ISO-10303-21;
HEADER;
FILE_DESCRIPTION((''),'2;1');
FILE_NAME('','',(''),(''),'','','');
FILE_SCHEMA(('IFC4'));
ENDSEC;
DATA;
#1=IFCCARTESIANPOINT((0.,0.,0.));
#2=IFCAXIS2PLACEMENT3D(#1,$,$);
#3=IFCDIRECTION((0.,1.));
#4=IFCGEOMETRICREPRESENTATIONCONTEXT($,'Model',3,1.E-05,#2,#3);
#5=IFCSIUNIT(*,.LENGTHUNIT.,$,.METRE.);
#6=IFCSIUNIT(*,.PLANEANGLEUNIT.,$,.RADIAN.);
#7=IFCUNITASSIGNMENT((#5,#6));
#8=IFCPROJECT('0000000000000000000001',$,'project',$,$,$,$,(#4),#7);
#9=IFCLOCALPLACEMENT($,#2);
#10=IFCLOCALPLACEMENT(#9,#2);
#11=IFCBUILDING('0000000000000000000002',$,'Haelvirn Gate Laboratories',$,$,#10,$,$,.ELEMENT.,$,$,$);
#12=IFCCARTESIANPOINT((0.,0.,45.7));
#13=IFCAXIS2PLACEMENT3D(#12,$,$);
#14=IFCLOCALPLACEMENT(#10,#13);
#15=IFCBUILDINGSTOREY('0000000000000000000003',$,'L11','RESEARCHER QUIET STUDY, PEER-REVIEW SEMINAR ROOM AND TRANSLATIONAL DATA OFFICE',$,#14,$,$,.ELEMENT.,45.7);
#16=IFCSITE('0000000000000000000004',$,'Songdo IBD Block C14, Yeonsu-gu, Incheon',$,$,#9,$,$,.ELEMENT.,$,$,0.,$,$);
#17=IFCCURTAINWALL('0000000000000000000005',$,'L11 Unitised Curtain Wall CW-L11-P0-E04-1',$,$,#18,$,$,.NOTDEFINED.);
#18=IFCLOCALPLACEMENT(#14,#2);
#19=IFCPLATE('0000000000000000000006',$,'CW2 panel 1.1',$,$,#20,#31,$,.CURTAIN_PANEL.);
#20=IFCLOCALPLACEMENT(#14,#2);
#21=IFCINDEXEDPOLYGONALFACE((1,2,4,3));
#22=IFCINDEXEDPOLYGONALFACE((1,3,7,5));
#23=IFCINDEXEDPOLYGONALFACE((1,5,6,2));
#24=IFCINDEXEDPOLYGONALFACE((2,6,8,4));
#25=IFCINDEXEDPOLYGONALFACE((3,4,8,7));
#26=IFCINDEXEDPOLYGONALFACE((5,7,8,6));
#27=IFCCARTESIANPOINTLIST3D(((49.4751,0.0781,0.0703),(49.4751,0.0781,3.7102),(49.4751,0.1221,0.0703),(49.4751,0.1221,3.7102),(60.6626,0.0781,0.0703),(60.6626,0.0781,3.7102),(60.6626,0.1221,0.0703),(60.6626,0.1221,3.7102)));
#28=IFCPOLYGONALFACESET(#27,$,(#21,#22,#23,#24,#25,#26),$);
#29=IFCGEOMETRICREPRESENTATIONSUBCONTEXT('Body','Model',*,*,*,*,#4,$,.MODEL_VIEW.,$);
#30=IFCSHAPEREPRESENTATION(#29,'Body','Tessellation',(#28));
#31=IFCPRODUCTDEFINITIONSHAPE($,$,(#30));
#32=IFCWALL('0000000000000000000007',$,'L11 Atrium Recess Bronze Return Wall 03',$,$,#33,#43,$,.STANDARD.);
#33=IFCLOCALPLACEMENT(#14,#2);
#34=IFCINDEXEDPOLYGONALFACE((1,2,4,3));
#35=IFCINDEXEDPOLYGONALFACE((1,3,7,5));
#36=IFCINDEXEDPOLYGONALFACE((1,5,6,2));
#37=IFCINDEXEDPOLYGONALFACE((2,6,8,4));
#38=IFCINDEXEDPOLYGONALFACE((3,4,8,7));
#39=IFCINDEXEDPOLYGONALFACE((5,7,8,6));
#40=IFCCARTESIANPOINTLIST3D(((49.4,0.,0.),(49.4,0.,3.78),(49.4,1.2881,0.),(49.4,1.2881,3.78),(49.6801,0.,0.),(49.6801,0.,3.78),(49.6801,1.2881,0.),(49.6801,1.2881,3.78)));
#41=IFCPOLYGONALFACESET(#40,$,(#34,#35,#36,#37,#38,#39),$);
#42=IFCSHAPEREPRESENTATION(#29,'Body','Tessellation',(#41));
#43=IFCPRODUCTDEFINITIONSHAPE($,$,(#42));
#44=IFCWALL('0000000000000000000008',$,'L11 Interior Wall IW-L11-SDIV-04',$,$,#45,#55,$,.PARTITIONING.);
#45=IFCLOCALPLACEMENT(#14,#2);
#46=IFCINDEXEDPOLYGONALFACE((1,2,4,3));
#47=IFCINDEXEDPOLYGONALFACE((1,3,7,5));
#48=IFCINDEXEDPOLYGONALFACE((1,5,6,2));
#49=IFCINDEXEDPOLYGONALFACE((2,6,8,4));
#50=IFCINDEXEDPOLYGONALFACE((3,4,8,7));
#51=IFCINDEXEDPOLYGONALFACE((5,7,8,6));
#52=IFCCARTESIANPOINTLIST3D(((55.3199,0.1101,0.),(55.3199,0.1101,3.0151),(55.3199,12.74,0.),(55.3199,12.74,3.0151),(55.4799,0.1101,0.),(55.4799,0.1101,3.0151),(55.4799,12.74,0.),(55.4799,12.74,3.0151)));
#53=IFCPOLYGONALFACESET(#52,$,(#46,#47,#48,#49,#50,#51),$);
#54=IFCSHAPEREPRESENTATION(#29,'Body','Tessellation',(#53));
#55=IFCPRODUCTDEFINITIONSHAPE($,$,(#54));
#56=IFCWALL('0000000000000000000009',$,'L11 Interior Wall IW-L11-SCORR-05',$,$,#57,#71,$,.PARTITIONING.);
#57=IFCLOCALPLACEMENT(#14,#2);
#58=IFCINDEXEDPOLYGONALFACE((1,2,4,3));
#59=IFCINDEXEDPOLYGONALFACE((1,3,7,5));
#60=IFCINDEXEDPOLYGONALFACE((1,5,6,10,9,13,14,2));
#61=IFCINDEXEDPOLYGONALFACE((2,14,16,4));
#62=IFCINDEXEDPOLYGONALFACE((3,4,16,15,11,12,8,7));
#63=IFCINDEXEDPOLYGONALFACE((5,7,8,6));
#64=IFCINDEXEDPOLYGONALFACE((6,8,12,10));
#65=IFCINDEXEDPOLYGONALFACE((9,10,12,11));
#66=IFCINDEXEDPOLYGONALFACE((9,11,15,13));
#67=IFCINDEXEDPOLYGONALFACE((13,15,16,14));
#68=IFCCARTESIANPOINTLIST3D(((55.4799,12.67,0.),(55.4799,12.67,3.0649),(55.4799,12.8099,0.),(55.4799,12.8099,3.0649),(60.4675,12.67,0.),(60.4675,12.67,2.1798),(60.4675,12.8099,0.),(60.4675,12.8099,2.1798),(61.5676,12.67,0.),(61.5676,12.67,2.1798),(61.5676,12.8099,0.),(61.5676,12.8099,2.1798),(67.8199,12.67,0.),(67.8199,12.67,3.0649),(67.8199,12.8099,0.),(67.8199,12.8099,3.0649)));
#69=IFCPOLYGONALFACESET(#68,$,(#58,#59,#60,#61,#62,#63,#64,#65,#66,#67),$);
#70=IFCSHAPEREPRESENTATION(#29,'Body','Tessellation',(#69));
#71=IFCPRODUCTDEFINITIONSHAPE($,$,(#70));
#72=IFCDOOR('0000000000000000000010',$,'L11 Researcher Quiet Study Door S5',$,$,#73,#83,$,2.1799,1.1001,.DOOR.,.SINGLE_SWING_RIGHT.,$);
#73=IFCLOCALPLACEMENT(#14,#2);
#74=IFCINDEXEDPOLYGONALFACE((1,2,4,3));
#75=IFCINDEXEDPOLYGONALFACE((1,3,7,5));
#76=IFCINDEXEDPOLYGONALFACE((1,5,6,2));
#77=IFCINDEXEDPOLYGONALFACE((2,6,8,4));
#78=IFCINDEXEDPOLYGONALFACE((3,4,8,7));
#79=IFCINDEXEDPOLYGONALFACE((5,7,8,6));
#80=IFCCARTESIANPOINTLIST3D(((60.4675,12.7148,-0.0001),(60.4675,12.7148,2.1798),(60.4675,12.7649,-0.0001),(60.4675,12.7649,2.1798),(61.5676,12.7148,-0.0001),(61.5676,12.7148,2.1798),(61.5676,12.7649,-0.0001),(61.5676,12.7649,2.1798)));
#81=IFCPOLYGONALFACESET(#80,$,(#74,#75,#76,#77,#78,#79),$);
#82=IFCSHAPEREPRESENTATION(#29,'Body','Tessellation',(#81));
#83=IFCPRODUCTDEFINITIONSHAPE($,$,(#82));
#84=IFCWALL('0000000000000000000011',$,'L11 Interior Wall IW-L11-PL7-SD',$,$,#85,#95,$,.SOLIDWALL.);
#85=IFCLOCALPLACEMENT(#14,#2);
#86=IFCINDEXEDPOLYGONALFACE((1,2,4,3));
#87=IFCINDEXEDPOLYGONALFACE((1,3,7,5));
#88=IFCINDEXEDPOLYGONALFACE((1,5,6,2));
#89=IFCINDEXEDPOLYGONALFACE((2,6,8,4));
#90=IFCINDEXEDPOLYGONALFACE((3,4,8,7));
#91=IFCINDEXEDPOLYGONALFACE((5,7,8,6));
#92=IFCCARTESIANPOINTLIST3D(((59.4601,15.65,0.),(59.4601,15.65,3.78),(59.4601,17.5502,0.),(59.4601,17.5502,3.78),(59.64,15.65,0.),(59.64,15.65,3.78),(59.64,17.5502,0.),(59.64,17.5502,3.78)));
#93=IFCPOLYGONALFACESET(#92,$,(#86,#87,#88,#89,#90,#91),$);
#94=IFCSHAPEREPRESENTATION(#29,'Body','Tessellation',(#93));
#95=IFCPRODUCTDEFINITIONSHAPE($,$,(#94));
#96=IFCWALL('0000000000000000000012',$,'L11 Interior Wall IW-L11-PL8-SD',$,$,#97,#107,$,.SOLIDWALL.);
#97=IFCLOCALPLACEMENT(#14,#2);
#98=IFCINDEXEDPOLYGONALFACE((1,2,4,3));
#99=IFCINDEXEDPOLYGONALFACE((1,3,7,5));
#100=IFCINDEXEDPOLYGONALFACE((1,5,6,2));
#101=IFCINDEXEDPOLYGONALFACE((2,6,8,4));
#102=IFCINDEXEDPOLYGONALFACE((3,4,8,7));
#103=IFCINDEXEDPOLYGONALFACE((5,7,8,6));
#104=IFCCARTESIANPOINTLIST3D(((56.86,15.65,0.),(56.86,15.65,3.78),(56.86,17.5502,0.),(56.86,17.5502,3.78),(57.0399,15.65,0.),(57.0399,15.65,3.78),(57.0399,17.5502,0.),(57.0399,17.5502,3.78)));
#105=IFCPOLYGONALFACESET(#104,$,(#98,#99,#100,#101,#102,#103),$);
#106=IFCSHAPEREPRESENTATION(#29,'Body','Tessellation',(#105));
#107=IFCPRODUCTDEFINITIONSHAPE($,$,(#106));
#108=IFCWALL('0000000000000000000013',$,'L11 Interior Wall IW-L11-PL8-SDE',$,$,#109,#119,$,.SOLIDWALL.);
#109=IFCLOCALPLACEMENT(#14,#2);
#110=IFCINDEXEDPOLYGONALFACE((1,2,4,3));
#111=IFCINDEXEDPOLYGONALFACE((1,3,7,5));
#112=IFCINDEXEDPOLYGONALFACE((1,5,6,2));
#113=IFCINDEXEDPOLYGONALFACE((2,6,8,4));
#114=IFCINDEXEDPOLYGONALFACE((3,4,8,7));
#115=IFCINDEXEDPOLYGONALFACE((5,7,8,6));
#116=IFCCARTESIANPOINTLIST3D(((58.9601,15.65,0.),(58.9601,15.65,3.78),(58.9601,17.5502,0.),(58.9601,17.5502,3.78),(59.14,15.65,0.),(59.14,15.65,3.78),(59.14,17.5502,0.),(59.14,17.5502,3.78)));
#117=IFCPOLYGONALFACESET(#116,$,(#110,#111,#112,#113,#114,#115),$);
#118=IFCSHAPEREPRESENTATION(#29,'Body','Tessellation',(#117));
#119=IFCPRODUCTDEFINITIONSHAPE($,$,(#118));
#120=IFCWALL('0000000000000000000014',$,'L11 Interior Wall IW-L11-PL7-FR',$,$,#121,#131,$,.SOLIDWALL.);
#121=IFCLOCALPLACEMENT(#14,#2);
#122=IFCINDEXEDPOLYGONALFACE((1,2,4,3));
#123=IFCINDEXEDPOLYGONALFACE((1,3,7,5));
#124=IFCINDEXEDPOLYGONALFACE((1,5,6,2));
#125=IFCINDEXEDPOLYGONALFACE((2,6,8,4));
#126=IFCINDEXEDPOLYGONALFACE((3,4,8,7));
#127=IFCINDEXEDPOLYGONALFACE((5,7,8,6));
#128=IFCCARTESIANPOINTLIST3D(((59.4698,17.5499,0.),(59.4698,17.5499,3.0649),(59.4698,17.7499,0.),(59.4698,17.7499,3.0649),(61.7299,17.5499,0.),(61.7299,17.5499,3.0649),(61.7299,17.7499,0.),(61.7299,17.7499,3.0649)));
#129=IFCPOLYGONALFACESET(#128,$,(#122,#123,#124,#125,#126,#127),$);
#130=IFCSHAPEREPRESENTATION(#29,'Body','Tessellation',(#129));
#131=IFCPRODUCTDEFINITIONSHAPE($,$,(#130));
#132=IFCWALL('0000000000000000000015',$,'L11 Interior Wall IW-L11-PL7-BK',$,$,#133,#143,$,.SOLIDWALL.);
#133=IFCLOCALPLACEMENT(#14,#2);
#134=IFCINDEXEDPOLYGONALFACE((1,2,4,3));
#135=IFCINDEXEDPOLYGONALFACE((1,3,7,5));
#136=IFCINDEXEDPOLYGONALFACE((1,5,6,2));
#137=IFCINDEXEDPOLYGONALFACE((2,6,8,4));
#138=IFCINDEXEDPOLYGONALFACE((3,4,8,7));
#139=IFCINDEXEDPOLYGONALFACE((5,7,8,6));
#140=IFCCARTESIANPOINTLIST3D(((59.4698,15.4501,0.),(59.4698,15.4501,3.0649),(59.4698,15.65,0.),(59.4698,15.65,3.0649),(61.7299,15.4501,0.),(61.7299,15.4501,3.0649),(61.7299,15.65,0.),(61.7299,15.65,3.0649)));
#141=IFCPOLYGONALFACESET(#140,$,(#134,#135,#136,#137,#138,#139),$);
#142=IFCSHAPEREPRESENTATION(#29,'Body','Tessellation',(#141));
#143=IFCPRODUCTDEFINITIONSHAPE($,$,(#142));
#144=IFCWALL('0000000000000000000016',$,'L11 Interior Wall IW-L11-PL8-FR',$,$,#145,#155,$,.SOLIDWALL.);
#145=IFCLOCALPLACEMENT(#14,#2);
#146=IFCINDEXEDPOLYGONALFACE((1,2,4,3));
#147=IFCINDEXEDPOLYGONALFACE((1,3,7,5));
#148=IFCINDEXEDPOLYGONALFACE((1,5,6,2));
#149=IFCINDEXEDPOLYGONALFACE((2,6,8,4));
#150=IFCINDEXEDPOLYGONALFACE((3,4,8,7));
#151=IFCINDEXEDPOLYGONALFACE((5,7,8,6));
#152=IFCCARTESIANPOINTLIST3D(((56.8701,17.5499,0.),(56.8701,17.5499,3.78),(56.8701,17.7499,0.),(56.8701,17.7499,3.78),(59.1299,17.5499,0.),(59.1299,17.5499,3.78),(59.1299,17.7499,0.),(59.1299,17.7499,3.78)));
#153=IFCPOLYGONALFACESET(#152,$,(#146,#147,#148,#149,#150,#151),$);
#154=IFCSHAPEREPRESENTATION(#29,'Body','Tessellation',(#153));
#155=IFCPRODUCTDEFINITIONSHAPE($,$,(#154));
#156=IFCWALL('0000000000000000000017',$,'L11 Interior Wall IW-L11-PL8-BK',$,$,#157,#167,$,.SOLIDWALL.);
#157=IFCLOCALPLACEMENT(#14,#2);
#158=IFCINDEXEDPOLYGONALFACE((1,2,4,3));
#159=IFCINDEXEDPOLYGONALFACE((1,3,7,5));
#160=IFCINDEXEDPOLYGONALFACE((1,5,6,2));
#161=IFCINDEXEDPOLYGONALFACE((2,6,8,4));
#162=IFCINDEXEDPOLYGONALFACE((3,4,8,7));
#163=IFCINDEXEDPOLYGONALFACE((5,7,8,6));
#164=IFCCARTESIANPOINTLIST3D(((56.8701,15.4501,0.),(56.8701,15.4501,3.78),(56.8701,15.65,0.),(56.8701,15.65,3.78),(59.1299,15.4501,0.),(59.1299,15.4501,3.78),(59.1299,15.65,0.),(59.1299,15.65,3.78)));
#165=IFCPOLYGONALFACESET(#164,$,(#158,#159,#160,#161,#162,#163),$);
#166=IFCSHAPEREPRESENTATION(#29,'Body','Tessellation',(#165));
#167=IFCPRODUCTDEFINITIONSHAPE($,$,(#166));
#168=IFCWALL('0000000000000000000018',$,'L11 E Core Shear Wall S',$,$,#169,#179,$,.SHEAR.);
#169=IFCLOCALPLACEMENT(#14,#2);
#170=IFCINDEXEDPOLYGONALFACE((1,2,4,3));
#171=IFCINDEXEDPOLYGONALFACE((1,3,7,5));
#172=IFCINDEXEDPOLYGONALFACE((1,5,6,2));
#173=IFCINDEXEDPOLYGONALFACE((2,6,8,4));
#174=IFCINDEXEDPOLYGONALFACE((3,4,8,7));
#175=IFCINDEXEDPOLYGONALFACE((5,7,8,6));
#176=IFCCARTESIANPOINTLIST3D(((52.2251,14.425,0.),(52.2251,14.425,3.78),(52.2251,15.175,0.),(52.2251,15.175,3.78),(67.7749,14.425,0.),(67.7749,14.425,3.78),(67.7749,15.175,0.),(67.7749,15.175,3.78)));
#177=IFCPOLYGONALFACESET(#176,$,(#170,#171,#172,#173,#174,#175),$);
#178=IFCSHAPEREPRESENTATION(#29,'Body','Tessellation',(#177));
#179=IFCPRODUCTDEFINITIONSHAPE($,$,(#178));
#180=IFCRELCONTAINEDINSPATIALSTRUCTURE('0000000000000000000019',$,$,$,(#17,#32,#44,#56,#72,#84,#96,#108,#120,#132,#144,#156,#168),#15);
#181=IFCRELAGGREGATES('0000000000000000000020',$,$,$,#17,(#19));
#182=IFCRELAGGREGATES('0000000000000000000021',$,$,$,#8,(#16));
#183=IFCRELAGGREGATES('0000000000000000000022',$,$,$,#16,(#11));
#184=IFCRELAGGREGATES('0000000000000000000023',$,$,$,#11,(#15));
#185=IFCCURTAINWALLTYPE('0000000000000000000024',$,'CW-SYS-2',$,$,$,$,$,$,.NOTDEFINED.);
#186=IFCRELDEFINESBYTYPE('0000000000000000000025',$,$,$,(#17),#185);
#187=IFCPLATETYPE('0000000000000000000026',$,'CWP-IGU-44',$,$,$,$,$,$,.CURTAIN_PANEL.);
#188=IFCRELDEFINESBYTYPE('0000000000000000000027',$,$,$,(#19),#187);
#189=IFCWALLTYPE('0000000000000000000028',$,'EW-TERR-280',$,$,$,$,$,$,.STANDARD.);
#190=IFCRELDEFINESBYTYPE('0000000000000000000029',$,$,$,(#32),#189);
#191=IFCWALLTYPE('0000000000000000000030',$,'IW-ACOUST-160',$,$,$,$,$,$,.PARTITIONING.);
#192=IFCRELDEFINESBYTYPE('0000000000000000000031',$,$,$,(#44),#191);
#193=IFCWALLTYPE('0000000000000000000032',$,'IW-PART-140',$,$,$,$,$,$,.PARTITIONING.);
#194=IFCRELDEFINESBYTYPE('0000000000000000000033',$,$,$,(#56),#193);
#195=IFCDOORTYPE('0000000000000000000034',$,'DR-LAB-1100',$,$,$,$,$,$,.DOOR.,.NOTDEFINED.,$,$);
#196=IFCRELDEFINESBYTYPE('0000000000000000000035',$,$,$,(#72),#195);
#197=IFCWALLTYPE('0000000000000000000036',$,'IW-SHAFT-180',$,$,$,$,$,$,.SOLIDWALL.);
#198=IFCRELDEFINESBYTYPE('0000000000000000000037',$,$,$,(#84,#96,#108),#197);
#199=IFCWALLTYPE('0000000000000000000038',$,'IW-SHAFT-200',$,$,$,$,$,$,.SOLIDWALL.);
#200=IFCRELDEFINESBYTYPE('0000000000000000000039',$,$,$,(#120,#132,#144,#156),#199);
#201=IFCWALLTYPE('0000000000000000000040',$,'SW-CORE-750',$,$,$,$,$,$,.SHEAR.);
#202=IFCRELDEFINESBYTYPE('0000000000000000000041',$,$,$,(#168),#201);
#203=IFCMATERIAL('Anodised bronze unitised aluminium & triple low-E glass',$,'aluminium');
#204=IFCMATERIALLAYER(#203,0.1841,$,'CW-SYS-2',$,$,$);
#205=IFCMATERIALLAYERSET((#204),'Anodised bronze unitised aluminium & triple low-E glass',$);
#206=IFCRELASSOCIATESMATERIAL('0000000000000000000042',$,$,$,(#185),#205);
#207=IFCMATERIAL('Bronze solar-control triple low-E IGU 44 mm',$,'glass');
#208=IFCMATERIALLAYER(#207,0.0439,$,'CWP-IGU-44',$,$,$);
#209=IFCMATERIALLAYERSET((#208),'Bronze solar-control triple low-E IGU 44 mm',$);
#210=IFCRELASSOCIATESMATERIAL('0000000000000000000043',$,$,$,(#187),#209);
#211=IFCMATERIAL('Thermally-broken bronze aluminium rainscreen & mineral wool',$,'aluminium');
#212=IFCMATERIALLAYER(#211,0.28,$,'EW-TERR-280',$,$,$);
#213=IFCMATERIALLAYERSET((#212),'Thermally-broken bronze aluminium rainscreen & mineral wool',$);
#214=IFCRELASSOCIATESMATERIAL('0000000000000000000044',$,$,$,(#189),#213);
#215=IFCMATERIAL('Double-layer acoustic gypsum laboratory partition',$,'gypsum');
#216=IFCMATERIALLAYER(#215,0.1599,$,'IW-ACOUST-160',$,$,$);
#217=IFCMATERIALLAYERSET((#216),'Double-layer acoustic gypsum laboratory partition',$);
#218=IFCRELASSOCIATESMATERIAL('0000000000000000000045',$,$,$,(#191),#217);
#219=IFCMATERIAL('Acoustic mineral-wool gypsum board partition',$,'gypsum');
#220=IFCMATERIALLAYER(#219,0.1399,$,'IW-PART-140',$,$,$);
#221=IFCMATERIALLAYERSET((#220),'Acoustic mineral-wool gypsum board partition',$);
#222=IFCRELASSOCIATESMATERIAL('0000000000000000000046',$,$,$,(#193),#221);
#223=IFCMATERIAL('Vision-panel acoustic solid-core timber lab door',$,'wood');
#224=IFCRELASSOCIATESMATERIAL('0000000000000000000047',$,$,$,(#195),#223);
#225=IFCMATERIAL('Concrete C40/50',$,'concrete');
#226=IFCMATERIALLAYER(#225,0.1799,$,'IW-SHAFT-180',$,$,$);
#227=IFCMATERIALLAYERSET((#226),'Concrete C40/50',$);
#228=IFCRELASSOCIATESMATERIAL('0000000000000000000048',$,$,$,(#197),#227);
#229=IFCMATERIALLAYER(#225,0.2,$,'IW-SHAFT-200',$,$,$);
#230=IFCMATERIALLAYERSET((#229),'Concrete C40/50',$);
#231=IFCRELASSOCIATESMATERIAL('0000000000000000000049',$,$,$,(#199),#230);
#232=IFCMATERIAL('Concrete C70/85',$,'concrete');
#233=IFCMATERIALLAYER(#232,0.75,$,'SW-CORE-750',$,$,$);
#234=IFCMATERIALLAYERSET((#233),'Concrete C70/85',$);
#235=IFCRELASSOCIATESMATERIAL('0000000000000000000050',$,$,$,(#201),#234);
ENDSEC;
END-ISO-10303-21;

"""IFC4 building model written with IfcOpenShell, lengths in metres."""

from ifc_helpers import new_model, si_unit, direction, frame, frame_2d, origin, origin_2d, place, context, subcontext, project, spatial, rectangle, extrude, source, transform, mapped, material, layer, layer_set, type_object, type_shapes, element, fill, aggregate, save


model = new_model("IFC4")

# Units and contexts
model_context = context("Model", 3, precision=1e-05, world=origin(), true_north=direction((0.0, 1.0)))
body_context = subcontext(model_context, "Body", "Model", "MODEL_VIEW")
ifc_project = project(units=[si_unit("LENGTHUNIT", "METRE"), si_unit("PLANEANGLEUNIT", "RADIAN")], contexts=[model_context])

# Site, building, storey
site_placement = place(None, origin())
site = spatial("IfcSite", under=ifc_project, at=site_placement, Name="Songdo IBD Block C14, Yeonsu-gu, Incheon", CompositionType="ELEMENT", RefElevation=0.0)
building_placement = place(site_placement, origin())
building = spatial("IfcBuilding", under=site, at=building_placement, Name="Haelvirn Gate Laboratories", CompositionType="ELEMENT")
storey_placement = place(building_placement, frame((0.0, 0.0, 45.7)))
storey = spatial("IfcBuildingStorey", under=building, at=storey_placement, Name="L11", Description="RESEARCHER QUIET STUDY, PEER-REVIEW SEMINAR ROOM AND TRANSLATIONAL DATA OFFICE", CompositionType="ELEMENT", Elevation=45.7)

# Shared definitions
ifc_material_1 = material(Name="Concrete C70/85", Category="concrete")

# Shared definitions
ifc_material_2 = material(Name="Anodised bronze unitised aluminium & triple low-E glass", Category="aluminium")
ifc_layer_1 = layer(ifc_material_2, 0.1841, Name="CW-SYS-2")
ifc_layer_set_1 = layer_set([ifc_layer_1], Name="Anodised bronze unitised aluminium & triple low-E glass")
curtain_wall_type = type_object("IfcCurtainWallType", Name="CW-SYS-2", PredefinedType="NOTDEFINED", material=ifc_layer_set_1)

# Curtain wall, plate
curtain_wall_1_placement = place(storey_placement, origin())
curtain_wall_1 = element("IfcCurtainWall", 1, at=curtain_wall_1_placement, inside=storey, type_object=curtain_wall_type, Name="L11 Unitised Curtain Wall CW-L11-P0-E04-1", PredefinedType="NOTDEFINED")
ifc_material_3 = material(Name="Bronze solar-control triple low-E IGU 44 mm", Category="glass")
ifc_layer_2 = layer(ifc_material_3, 0.0439, Name="CWP-IGU-44")
ifc_layer_set_2 = layer_set([ifc_layer_2], Name="Bronze solar-control triple low-E IGU 44 mm")
plate_type = type_object("IfcPlateType", Name="CWP-IGU-44", PredefinedType="CURTAIN_PANEL", material=ifc_layer_set_2)
shared_shape_1 = source(origin(), body_context, "Body", "SweptSolid", [
    extrude(rectangle(XDim=11.1875, YDim=0.0439, at=origin_2d()), origin(), (0.0, 0.0, 1.0), 3.6399),
])
type_shapes(plate_type, [shared_shape_1])
plate_placement = place(storey_placement, frame((55.0688, 0.1001, 0.0703), z_axis=(0.0, 0.0, 1.0), x_axis=(1.0, 0.0, 0.0)))
plate = element("IfcPlate", 2, at=plate_placement, type_object=plate_type, Name="CW2 panel 1.1", PredefinedType="CURTAIN_PANEL", context=body_context, shape_type="MappedRepresentation", body=[
    mapped(shared_shape_1, transform((0.0, 0.0, 0.0), scale=1.0)),
])
aggregate(curtain_wall_1, [plate])

# Walls
ifc_material_4 = material(Name="Thermally-broken bronze aluminium rainscreen & mineral wool", Category="aluminium")
ifc_layer_3 = layer(ifc_material_4, 0.28, Name="EW-TERR-280")
ifc_layer_set_3 = layer_set([ifc_layer_3], Name="Thermally-broken bronze aluminium rainscreen & mineral wool")
wall_type_1 = type_object("IfcWallType", Name="EW-TERR-280", PredefinedType="STANDARD", material=ifc_layer_set_3)
wall_1_placement = place(storey_placement, frame((49.54, 1.2881, 0.0), z_axis=(0.0, 0.0, 1.0), x_axis=(0.0, -1.0, 0.0)))
element("IfcWall", 3, at=wall_1_placement, inside=storey, type_object=wall_type_1, Name="L11 Atrium Recess Bronze Return Wall 03", PredefinedType="STANDARD", context=body_context, shape_type="SweptSolid", body=[
    extrude(rectangle(XDim=1.2881, YDim=0.28, at=frame_2d((0.644, 0.0))), origin(), (0.0, 0.0, 1.0), 3.78),
])
ifc_material_5 = material(Name="Double-layer acoustic gypsum laboratory partition", Category="gypsum")
ifc_layer_4 = layer(ifc_material_5, 0.1599, Name="IW-ACOUST-160")
ifc_layer_set_4 = layer_set([ifc_layer_4], Name="Double-layer acoustic gypsum laboratory partition")
wall_type_2 = type_object("IfcWallType", Name="IW-ACOUST-160", PredefinedType="PARTITIONING", material=ifc_layer_set_4)
wall_2_placement = place(storey_placement, frame((55.3999, 0.1101, 0.0), z_axis=(0.0, 0.0, 1.0), x_axis=(0.0, 1.0, 0.0)))
element("IfcWall", 4, at=wall_2_placement, inside=storey, type_object=wall_type_2, Name="L11 Interior Wall IW-L11-SDIV-04", PredefinedType="PARTITIONING", context=body_context, shape_type="SweptSolid", body=[
    extrude(rectangle(XDim=12.6299, YDim=0.1599, at=frame_2d((6.3149, 0.0))), origin(), (0.0, 0.0, 1.0), 3.0151),
])

# Wall, opening, door
ifc_material_6 = material(Name="Acoustic mineral-wool gypsum board partition", Category="gypsum")
ifc_layer_5 = layer(ifc_material_6, 0.1399, Name="IW-PART-140")
ifc_layer_set_5 = layer_set([ifc_layer_5], Name="Acoustic mineral-wool gypsum board partition")
wall_type_3 = type_object("IfcWallType", Name="IW-PART-140", PredefinedType="PARTITIONING", material=ifc_layer_set_5)
wall_3_placement = place(storey_placement, frame((55.48, 12.74, 0.0), z_axis=(0.0, 0.0, 1.0), x_axis=(1.0, 0.0, 0.0)))
wall_3 = element("IfcWall", 5, at=wall_3_placement, inside=storey, type_object=wall_type_3, Name="L11 Interior Wall IW-L11-SCORR-05", PredefinedType="PARTITIONING", context=body_context, shape_type="SweptSolid", body=[
    extrude(rectangle(XDim=12.3401, YDim=0.1399, at=frame_2d((6.1699, 0.0))), origin(), (0.0, 0.0, 1.0), 3.0649),
])
opening_1_placement = place(wall_3_placement, frame((4.9875, 0.0, 0.0)))
opening_1 = element("IfcOpeningElement", 6, at=opening_1_placement, cuts=wall_3, PredefinedType="OPENING", context=body_context, shape_type="SweptSolid", body=[
    extrude(rectangle(XDim=1.1001, YDim=2.1799, at=frame_2d((0.55, 1.0898))), frame((0.0, 0.0801, 0.0), z_axis=(0.0, -1.0, 0.0), x_axis=(1.0, 0.0, 0.0)), (0.0, 0.0, 1.0), 0.1599),
])
ifc_material_7 = material(Name="Vision-panel acoustic solid-core timber lab door", Category="wood")
door_type_1 = type_object("IfcDoorType", Name="DR-LAB-1100", OperationType="NOTDEFINED", PredefinedType="DOOR", material=ifc_material_7)
shared_shape_2 = source(origin(), body_context, "Body", "SweptSolid", [
    extrude(rectangle(XDim=1.1001, YDim=2.1799, at=frame_2d((0.55, 1.0898))), frame((0.0, 0.0249, 0.0), z_axis=(0.0, -1.0, 0.0), x_axis=(1.0, 0.0, 0.0)), (0.0, 0.0, 1.0), 0.05),
])
type_shapes(door_type_1, [shared_shape_2])
door_1_placement = place(opening_1_placement, origin())
door_1 = element("IfcDoor", 7, at=door_1_placement, inside=storey, type_object=door_type_1, Name="L11 Researcher Quiet Study Door S5", OperationType="SINGLE_SWING_RIGHT", OverallHeight=2.1799, OverallWidth=1.1001, PredefinedType="DOOR", context=body_context, shape_type="MappedRepresentation", body=[
    mapped(shared_shape_2, transform((0.0, 0.0, 0.0), scale=1.0)),
])
fill(opening_1, door_1)

# Walls
ifc_material_8 = material(Name="Concrete C40/50", Category="concrete")
ifc_layer_6 = layer(ifc_material_8, 0.1799, Name="IW-SHAFT-180")
ifc_layer_set_6 = layer_set([ifc_layer_6], Name="Concrete C40/50")
wall_type_4 = type_object("IfcWallType", Name="IW-SHAFT-180", PredefinedType="SOLIDWALL", material=ifc_layer_set_6)
for number, where, z_axis, x_axis, name in (
    (8, (59.55, 15.6499, 0.0), (0.0, 0.0, 1.0), (0.0, 1.0, 0.0), "L11 Interior Wall IW-L11-PL7-SD"),
    (9, (56.95, 15.6499, 0.0), (0.0, 0.0, 1.0), (0.0, 1.0, 0.0), "L11 Interior Wall IW-L11-PL8-SD"),
    (10, (59.05, 15.6499, 0.0), (0.0, 0.0, 1.0), (0.0, 1.0, 0.0), "L11 Interior Wall IW-L11-PL8-SDE"),
):
    element("IfcWall", number, at=place(storey_placement, frame(where, z_axis=z_axis, x_axis=x_axis)), inside=storey, type_object=wall_type_4, Name=name, PredefinedType="SOLIDWALL", context=body_context, shape_type="SweptSolid", body=[
        extrude(rectangle(XDim=1.9001, YDim=0.1799, at=frame_2d((0.9502, 0.0))), origin(), (0.0, 0.0, 1.0), 3.78),
    ])
ifc_layer_7 = layer(ifc_material_8, 0.2, Name="IW-SHAFT-200")
ifc_layer_set_7 = layer_set([ifc_layer_7], Name="Concrete C40/50")
wall_type_5 = type_object("IfcWallType", Name="IW-SHAFT-200", PredefinedType="SOLIDWALL", material=ifc_layer_set_7)
for number, where, z_axis, x_axis, name in (
    (11, (59.47, 17.6499, 0.0), (0.0, 0.0, 1.0), (1.0, 0.0, 0.0), "L11 Interior Wall IW-L11-PL7-FR"),
    (12, (59.47, 15.55, 0.0), (0.0, 0.0, 1.0), (1.0, 0.0, 0.0), "L11 Interior Wall IW-L11-PL7-BK"),
):
    element("IfcWall", number, at=place(storey_placement, frame(where, z_axis=z_axis, x_axis=x_axis)), inside=storey, type_object=wall_type_5, Name=name, PredefinedType="SOLIDWALL", context=body_context, shape_type="SweptSolid", body=[
        extrude(rectangle(XDim=2.26, YDim=0.2, at=frame_2d((1.1299, 0.0))), origin(), (0.0, 0.0, 1.0), 3.0649),
    ])
for number, where, z_axis, x_axis, name in (
    (13, (56.8701, 17.6499, 0.0), (0.0, 0.0, 1.0), (1.0, 0.0, 0.0), "L11 Interior Wall IW-L11-PL8-FR"),
    (14, (56.8701, 15.55, 0.0), (0.0, 0.0, 1.0), (1.0, 0.0, 0.0), "L11 Interior Wall IW-L11-PL8-BK"),
):
    element("IfcWall", number, at=place(storey_placement, frame(where, z_axis=z_axis, x_axis=x_axis)), inside=storey, type_object=wall_type_5, Name=name, PredefinedType="SOLIDWALL", context=body_context, shape_type="SweptSolid", body=[
        extrude(rectangle(XDim=2.2598, YDim=0.2, at=frame_2d((1.1299, 0.0))), origin(), (0.0, 0.0, 1.0), 3.78),
    ])
ifc_layer_8 = layer(ifc_material_1, 0.75, Name="SW-CORE-750")
ifc_layer_set_8 = layer_set([ifc_layer_8], Name="Concrete C70/85")
wall_type_6 = type_object("IfcWallType", Name="SW-CORE-750", PredefinedType="SHEAR", material=ifc_layer_set_8)
wall_4_placement = place(storey_placement, frame((52.2251, 14.8, 0.0), z_axis=(0.0, 0.0, 1.0), x_axis=(1.0, 0.0, 0.0)))
element("IfcWall", 15, at=wall_4_placement, inside=storey, type_object=wall_type_6, Name="L11 E Core Shear Wall S", PredefinedType="SHEAR", context=body_context, shape_type="SweptSolid", body=[
    extrude(rectangle(XDim=15.5498, YDim=0.75, at=frame_2d((7.7749, 0.0))), origin(), (0.0, 0.0, 1.0), 3.78),
])

save(model, "model.ifc")
